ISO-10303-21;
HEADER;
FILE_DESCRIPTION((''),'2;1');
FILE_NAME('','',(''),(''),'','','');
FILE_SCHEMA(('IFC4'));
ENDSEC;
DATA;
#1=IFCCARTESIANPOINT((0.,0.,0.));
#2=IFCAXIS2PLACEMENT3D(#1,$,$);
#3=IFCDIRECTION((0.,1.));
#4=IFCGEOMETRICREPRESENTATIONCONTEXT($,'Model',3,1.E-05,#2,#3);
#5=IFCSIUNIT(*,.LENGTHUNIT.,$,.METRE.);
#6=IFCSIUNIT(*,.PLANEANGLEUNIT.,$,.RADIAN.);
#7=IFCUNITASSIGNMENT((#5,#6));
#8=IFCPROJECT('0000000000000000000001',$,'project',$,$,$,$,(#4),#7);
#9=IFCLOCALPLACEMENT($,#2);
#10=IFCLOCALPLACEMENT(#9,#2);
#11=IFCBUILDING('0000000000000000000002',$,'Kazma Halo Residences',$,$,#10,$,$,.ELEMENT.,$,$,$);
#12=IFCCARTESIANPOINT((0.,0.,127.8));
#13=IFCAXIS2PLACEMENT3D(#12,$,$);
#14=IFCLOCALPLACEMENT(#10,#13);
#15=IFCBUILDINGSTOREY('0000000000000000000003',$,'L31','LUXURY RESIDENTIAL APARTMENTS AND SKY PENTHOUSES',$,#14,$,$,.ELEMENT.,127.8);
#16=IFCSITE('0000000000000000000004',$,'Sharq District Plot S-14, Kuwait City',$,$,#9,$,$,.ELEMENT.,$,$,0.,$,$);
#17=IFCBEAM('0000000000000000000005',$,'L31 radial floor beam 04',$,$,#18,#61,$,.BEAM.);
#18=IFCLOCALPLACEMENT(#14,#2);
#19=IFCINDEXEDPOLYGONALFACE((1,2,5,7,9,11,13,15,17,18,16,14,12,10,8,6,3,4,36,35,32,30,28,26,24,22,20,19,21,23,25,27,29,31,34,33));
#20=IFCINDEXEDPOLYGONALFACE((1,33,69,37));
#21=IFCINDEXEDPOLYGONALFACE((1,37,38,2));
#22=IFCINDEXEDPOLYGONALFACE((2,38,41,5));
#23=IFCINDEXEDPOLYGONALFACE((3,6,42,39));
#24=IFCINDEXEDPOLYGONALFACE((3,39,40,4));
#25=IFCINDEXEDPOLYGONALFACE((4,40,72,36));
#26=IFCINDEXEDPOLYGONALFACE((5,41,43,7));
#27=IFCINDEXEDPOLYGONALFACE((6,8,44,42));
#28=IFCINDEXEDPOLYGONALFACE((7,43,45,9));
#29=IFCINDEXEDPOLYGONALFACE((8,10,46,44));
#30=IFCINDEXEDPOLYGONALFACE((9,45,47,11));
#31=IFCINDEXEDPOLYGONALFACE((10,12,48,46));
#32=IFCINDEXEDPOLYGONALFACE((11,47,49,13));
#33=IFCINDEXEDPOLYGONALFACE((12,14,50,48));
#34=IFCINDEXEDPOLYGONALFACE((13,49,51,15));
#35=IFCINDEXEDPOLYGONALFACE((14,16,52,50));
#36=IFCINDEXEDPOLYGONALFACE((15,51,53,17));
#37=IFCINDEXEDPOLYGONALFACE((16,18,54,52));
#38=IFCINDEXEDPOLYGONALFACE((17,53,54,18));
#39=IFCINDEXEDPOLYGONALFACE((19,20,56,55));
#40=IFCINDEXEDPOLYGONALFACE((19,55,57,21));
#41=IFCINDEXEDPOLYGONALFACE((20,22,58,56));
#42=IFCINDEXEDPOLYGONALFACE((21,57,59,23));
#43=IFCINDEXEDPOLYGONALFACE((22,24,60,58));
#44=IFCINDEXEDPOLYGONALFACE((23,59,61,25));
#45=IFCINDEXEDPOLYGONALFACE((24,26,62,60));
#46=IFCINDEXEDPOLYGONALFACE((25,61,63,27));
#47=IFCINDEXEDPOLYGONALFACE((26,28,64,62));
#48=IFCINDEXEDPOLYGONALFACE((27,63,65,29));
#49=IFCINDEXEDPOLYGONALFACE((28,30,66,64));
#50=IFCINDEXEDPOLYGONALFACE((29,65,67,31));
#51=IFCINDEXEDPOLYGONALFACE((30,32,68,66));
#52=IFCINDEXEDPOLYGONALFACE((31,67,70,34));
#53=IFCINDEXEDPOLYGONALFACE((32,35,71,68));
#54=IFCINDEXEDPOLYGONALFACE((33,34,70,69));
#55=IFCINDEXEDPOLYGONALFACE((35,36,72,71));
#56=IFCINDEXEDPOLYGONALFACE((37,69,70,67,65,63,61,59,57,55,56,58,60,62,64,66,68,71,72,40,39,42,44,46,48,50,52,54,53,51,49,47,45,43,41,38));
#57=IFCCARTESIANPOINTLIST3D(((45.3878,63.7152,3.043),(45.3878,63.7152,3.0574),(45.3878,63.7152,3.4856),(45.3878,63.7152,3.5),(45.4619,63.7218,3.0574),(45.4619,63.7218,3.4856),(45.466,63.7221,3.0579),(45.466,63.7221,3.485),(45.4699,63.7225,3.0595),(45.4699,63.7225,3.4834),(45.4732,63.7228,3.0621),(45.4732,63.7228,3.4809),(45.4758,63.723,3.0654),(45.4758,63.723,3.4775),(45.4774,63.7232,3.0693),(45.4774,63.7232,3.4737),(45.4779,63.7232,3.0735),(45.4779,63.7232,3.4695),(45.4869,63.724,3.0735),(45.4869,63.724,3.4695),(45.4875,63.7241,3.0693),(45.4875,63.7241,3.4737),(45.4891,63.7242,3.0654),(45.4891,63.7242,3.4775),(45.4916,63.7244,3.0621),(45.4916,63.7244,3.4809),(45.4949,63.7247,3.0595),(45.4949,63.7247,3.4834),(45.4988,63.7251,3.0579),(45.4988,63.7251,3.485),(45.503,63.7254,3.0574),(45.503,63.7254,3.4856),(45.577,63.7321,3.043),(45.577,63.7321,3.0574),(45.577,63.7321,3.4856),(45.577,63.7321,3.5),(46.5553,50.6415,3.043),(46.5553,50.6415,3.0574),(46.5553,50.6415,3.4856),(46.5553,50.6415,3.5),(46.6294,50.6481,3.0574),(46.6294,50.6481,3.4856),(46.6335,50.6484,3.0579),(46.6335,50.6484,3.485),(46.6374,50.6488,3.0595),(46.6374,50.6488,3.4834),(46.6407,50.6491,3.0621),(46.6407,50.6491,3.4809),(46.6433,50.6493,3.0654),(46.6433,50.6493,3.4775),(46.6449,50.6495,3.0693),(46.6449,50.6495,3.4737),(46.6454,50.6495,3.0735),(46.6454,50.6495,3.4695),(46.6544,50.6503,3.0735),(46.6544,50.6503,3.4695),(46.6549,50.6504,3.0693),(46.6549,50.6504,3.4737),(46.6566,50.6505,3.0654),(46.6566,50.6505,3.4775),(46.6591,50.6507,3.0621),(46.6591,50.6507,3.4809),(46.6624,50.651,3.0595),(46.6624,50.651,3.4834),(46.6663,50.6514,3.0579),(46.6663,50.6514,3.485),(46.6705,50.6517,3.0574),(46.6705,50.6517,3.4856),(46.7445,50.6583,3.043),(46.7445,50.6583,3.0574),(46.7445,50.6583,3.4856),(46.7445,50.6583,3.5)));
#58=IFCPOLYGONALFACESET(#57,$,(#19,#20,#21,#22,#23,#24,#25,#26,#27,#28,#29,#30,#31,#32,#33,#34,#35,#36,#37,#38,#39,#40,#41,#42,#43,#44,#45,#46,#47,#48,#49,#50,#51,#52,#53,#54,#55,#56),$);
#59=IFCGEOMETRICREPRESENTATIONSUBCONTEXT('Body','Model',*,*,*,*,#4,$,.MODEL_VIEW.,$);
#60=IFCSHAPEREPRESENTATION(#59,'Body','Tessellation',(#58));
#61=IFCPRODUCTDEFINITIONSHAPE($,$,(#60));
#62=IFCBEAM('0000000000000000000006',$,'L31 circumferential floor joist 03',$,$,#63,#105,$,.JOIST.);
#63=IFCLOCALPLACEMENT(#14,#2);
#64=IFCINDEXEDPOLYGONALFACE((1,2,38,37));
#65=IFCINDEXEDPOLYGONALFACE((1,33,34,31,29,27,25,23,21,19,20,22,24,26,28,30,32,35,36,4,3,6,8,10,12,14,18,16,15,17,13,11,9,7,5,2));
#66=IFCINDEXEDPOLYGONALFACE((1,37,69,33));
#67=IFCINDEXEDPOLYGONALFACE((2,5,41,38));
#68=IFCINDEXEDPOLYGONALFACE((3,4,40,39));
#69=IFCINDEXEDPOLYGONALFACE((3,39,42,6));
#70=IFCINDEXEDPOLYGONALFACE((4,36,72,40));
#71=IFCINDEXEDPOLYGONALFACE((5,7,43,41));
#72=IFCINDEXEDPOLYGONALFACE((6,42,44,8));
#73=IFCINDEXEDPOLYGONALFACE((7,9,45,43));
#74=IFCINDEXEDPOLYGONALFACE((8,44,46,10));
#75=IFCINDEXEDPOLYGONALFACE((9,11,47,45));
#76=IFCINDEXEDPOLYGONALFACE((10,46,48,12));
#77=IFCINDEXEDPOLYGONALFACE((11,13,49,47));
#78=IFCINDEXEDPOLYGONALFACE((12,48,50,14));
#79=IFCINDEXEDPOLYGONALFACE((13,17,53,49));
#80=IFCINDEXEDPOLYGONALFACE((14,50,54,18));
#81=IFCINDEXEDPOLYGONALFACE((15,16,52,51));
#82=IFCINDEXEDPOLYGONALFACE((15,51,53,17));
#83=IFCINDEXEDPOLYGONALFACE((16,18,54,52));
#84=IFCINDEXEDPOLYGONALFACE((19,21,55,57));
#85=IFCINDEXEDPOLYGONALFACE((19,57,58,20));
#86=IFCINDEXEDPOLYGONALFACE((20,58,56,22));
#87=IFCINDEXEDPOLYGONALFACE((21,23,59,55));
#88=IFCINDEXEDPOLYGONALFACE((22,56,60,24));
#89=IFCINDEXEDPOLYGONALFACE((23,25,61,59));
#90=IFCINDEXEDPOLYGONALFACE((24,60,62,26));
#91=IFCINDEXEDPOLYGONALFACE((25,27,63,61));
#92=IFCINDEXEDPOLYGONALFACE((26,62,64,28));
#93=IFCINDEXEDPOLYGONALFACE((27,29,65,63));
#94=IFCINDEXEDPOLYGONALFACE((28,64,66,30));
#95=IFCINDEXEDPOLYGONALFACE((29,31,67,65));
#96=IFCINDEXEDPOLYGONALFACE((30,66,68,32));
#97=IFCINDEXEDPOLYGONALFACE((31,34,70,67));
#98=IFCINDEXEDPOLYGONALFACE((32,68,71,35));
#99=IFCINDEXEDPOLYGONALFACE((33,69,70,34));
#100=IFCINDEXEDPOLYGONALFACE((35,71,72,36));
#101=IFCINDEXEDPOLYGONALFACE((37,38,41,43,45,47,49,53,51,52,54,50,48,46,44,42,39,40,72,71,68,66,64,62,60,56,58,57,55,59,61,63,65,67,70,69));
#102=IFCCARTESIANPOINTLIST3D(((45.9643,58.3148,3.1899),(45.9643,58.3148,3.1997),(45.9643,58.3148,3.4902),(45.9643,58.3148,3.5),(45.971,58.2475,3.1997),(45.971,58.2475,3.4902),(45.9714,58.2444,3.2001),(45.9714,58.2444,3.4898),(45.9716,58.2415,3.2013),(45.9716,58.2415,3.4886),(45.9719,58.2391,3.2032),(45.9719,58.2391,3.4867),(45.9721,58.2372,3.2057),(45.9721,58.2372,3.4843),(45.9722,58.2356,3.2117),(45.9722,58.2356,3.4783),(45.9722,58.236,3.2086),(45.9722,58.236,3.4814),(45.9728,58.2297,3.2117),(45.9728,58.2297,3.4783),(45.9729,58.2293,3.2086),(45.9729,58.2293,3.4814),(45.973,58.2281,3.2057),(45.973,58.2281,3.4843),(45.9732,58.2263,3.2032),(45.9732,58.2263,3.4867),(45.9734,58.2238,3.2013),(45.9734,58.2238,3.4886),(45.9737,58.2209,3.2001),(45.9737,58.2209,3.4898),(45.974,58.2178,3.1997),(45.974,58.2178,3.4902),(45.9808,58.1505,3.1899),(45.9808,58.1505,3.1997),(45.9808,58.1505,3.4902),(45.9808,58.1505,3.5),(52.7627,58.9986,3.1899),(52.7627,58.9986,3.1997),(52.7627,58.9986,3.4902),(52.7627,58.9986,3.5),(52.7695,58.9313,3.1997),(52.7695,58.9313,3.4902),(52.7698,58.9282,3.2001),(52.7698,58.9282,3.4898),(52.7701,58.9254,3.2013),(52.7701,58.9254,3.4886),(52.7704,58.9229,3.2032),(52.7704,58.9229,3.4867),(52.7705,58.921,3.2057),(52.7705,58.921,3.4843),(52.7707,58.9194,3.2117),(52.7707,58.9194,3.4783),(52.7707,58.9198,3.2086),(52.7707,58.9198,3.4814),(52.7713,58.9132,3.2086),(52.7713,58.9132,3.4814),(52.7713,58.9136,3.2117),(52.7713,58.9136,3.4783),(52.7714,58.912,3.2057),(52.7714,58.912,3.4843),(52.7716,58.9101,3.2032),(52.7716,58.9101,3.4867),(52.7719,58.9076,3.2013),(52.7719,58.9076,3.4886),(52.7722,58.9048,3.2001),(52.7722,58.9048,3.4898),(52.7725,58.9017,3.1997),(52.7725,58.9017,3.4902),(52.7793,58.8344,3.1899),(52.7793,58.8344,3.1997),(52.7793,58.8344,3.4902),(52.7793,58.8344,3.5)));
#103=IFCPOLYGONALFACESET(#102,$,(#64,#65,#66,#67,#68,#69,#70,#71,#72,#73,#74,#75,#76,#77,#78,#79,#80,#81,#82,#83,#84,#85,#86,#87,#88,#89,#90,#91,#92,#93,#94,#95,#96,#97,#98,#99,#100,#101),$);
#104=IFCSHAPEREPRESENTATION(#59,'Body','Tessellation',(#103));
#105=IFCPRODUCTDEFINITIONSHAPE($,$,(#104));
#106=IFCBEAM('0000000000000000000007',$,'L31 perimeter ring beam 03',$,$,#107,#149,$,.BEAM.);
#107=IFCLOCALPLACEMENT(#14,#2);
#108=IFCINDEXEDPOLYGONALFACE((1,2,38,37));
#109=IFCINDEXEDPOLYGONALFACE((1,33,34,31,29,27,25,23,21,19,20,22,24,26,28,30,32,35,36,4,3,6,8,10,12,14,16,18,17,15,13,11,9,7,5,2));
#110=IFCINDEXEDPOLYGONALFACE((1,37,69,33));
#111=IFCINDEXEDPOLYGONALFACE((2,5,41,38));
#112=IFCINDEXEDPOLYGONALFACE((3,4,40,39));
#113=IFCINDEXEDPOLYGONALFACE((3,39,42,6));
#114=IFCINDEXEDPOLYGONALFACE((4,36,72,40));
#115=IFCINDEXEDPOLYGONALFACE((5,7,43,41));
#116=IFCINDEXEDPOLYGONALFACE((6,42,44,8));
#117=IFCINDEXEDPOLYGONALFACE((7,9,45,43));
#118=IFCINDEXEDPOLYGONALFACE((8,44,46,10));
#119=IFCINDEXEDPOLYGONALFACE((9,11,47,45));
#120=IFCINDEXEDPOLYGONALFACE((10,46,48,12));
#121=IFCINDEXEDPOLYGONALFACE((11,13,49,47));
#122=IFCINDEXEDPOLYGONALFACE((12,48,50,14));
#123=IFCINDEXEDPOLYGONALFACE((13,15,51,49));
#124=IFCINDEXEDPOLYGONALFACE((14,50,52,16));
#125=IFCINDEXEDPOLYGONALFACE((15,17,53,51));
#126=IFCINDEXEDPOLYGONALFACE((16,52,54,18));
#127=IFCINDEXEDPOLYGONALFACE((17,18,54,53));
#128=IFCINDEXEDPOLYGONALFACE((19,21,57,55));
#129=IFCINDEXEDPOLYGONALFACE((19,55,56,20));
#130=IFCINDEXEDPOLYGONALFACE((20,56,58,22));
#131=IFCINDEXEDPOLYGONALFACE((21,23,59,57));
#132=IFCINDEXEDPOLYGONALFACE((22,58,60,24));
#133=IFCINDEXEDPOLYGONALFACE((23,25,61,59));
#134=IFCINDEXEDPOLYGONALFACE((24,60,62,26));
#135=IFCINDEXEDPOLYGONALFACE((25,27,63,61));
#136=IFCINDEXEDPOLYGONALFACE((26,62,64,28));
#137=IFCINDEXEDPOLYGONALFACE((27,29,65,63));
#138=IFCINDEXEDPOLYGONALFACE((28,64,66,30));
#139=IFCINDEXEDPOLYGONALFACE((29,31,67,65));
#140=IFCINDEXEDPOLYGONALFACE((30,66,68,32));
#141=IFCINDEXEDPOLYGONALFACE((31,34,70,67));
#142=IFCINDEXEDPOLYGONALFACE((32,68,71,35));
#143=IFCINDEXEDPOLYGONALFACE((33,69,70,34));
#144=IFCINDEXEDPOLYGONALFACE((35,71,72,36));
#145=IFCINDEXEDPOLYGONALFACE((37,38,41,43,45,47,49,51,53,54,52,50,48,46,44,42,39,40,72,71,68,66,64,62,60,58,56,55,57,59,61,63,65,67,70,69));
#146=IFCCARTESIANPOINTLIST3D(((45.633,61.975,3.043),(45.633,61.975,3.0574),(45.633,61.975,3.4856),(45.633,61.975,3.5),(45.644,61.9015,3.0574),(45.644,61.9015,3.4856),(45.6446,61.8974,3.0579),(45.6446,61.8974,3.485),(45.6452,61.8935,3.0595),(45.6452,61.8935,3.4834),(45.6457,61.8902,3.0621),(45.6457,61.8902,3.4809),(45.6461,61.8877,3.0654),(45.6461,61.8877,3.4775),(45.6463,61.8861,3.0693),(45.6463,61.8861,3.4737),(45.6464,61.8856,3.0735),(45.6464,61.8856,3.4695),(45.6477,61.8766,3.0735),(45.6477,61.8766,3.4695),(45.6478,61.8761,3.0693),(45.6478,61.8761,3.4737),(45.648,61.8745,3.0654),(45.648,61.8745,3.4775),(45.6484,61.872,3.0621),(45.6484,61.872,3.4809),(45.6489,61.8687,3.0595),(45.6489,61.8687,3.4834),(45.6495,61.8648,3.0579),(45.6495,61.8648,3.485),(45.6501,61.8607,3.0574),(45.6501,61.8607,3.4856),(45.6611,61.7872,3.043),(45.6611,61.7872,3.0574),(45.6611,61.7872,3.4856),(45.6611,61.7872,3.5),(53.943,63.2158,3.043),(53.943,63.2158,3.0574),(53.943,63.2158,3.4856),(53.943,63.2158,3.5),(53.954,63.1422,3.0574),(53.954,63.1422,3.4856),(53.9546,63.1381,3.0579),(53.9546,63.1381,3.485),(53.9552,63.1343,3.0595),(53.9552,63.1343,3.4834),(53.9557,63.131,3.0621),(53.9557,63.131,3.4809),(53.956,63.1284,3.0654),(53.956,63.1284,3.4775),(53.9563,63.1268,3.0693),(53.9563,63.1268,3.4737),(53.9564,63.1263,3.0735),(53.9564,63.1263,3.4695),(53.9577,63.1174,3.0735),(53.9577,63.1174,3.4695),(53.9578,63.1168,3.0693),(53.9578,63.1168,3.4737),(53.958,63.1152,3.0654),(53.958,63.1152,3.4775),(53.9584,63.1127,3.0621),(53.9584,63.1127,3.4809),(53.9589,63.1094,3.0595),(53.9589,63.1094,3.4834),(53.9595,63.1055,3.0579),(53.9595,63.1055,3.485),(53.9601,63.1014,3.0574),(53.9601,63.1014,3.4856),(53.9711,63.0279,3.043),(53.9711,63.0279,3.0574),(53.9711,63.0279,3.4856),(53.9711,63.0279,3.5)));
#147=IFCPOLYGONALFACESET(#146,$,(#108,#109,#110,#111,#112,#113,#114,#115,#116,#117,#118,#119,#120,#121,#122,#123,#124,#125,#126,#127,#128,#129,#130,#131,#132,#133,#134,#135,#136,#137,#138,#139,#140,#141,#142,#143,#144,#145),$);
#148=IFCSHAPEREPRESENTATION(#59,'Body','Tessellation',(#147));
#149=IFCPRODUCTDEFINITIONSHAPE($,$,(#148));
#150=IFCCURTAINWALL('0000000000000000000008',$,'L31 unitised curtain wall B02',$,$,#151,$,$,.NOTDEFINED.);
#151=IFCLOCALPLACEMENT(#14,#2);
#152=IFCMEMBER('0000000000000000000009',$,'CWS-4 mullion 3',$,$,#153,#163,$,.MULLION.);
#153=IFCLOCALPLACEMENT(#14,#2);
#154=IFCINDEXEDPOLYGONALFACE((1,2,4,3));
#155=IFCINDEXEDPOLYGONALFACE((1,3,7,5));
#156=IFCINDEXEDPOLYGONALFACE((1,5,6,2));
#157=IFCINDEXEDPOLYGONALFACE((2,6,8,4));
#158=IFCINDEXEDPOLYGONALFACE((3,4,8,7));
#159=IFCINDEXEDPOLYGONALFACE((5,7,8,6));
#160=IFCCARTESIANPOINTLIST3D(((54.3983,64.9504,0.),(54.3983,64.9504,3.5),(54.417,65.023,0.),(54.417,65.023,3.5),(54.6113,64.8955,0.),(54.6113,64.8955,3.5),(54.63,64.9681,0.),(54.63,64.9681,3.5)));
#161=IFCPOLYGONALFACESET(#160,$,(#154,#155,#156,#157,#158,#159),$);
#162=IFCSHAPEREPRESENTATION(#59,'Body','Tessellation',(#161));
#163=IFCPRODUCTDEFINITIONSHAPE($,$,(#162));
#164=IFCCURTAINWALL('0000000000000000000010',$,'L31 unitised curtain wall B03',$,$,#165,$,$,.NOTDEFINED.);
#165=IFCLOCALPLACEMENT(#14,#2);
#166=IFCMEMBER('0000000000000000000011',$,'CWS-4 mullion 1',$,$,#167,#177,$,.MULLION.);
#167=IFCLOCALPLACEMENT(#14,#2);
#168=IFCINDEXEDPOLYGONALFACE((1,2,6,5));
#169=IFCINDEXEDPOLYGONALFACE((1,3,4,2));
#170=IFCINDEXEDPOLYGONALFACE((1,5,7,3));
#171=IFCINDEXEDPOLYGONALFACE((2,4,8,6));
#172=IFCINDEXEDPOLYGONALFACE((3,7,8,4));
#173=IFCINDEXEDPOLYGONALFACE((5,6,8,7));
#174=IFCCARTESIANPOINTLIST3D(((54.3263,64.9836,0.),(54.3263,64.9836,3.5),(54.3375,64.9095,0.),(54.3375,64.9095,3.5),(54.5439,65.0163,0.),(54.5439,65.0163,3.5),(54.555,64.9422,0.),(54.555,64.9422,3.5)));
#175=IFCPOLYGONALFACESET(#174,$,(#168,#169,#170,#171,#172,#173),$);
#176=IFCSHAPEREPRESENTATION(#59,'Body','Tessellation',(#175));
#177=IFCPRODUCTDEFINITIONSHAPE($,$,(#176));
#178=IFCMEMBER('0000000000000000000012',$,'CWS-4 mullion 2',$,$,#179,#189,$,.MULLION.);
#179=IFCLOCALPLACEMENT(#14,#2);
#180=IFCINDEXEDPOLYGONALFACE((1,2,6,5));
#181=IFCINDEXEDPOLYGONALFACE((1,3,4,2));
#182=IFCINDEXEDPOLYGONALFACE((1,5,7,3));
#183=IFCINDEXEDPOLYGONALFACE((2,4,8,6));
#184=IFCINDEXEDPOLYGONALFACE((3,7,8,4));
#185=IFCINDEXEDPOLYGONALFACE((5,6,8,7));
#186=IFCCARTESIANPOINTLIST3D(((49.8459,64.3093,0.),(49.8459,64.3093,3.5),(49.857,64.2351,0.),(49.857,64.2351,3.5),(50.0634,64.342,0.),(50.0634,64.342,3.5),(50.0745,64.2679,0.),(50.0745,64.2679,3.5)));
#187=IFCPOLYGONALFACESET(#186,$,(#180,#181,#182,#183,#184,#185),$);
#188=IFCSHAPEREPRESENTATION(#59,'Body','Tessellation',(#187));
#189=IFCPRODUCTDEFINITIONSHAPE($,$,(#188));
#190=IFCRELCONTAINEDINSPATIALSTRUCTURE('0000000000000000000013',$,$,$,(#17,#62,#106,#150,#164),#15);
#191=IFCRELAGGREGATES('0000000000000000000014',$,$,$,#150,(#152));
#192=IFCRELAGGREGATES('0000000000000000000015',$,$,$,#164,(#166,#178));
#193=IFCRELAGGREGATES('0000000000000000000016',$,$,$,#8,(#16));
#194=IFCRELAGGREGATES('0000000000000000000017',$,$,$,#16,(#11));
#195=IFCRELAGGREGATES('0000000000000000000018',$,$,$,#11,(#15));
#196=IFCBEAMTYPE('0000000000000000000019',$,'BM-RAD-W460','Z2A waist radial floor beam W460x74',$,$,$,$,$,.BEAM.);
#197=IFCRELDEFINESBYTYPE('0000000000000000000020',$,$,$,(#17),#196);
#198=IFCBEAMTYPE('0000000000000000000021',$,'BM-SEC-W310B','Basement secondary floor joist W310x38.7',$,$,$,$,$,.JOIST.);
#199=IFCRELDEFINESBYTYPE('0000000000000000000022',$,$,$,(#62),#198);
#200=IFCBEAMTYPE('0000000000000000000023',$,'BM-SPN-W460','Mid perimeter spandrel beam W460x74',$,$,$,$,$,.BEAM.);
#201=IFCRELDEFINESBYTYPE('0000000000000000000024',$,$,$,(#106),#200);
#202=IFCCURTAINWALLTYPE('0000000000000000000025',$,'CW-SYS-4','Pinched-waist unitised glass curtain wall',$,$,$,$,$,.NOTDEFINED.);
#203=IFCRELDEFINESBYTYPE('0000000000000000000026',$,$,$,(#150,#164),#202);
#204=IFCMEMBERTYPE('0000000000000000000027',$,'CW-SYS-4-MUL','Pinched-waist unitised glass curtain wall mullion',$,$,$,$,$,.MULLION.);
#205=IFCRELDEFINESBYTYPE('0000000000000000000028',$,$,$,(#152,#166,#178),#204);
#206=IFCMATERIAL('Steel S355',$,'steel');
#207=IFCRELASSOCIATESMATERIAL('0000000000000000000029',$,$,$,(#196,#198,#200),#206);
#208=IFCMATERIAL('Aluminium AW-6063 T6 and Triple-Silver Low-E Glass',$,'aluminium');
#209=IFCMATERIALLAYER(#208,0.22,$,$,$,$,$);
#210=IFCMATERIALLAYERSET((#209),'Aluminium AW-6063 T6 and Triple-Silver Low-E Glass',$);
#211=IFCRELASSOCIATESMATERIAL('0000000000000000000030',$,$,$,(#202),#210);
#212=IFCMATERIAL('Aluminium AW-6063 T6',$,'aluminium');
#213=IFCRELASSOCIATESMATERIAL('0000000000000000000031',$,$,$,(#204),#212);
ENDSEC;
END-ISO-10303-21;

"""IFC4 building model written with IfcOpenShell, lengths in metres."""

from ifc_helpers import new_model, si_unit, direction, frame, origin, origin_2d, place, context, subcontext, project, spatial, rectangle, i_section, extrude, material, layer, layer_set, material_profile, profile_set, type_object, element, aggregate, save


model = new_model("IFC4")

# Units and contexts
model_context = context("Model", 3, precision=1e-05, world=origin(), true_north=direction((0.0, 1.0)))
body_context = subcontext(model_context, "Body", "Model", "MODEL_VIEW")
ifc_project = project(units=[si_unit("LENGTHUNIT", "METRE"), si_unit("PLANEANGLEUNIT", "RADIAN")], contexts=[model_context])

# Site, building, storey
site_placement = place(None, origin())
site = spatial("IfcSite", under=ifc_project, at=site_placement, Name="Sharq District Plot S-14, Kuwait City", CompositionType="ELEMENT", RefElevation=0.0)
building_placement = place(site_placement, origin())
building = spatial("IfcBuilding", under=site, at=building_placement, Name="Kazma Halo Residences", CompositionType="ELEMENT")
storey_placement = place(building_placement, frame((0.0, 0.0, 127.8)))
storey = spatial("IfcBuildingStorey", under=building, at=storey_placement, Name="L31", Description="LUXURY RESIDENTIAL APARTMENTS AND SKY PENTHOUSES", CompositionType="ELEMENT", Elevation=127.8)

# Beams
ifc_material_1 = material(Name="Steel S355", Category="steel")
ifc_material_profile_1 = material_profile(ifc_material_1, i_section(OverallWidth=0.1899, OverallDepth=0.457, WebThickness=0.009, FlangeThickness=0.0144, FilletRadius=0.0161, at=origin_2d()), Name="W460x74")
ifc_profile_set_1 = profile_set([ifc_material_profile_1], Name="Steel S355")
beam_type_1 = type_object("IfcBeamType", Name="BM-RAD-W460", Description="Z2A waist radial floor beam W460x74", PredefinedType="BEAM", material=ifc_profile_set_1)
beam_1_placement = place(storey_placement, frame((46.6499, 50.6499, 3.2715), z_axis=(-0.088946, 0.996036, 0.0), x_axis=(-0.996036, -0.088946, 0.0)))
element("IfcBeam", 1, at=beam_1_placement, inside=storey, type_object=beam_type_1, Name="L31 radial floor beam 04", PredefinedType="BEAM", context=body_context, shape_type="SweptSolid", body=[
    extrude(i_section(OverallWidth=0.1899, OverallDepth=0.457, WebThickness=0.009, FlangeThickness=0.0144, FilletRadius=0.0161, at=origin_2d()), origin(), (0.0, 0.0, 1.0), 13.1257),
])
ifc_material_profile_2 = material_profile(ifc_material_1, i_section(OverallWidth=0.165, OverallDepth=0.3101, WebThickness=0.0059, FlangeThickness=0.0098, FilletRadius=0.012, at=origin_2d()), Name="W310x38.7")
ifc_profile_set_2 = profile_set([ifc_material_profile_2], Name="Steel S355")
beam_type_2 = type_object("IfcBeamType", Name="BM-SEC-W310B", Description="Basement secondary floor joist W310x38.7", PredefinedType="JOIST", material=ifc_profile_set_2)
beam_2_placement = place(storey_placement, frame((52.771, 58.9165, 3.345), z_axis=(-0.994979, -0.100084, 0.0), x_axis=(0.100084, -0.994979, 0.0)))
element("IfcBeam", 2, at=beam_2_placement, inside=storey, type_object=beam_type_2, Name="L31 circumferential floor joist 03", PredefinedType="JOIST", context=body_context, shape_type="SweptSolid", body=[
    extrude(i_section(OverallWidth=0.165, OverallDepth=0.3101, WebThickness=0.0059, FlangeThickness=0.0098, FilletRadius=0.012, at=origin_2d()), origin(), (0.0, 0.0, 1.0), 6.8328),
])
ifc_material_profile_3 = material_profile(ifc_material_1, i_section(OverallWidth=0.1899, OverallDepth=0.457, WebThickness=0.009, FlangeThickness=0.0144, FilletRadius=0.0161, at=origin_2d()), Name="W460x74")
ifc_profile_set_3 = profile_set([ifc_material_profile_3], Name="Steel S355")
beam_type_3 = type_object("IfcBeamType", Name="BM-SPN-W460", Description="Mid perimeter spandrel beam W460x74", PredefinedType="BEAM", material=ifc_profile_set_3)
beam_3_placement = place(storey_placement, frame((53.957, 63.1218, 3.2715), z_axis=(-0.989037, -0.147667, 0.0), x_axis=(0.147667, -0.989037, 0.0)))
element("IfcBeam", 3, at=beam_3_placement, inside=storey, type_object=beam_type_3, Name="L31 perimeter ring beam 03", PredefinedType="BEAM", context=body_context, shape_type="SweptSolid", body=[
    extrude(i_section(OverallWidth=0.1899, OverallDepth=0.457, WebThickness=0.009, FlangeThickness=0.0144, FilletRadius=0.0161, at=origin_2d()), origin(), (0.0, 0.0, 1.0), 8.4021),
])

# Curtain wall, member
ifc_material_2 = material(Name="Aluminium AW-6063 T6 and Triple-Silver Low-E Glass", Category="aluminium")
ifc_layer_1 = layer(ifc_material_2, 0.22)
ifc_layer_set_1 = layer_set([ifc_layer_1], Name="Aluminium AW-6063 T6 and Triple-Silver Low-E Glass")
curtain_wall_type = type_object("IfcCurtainWallType", Name="CW-SYS-4", Description="Pinched-waist unitised glass curtain wall", PredefinedType="NOTDEFINED", material=ifc_layer_set_1)
curtain_wall_1_placement = place(storey_placement, origin())
curtain_wall_1 = element("IfcCurtainWall", 4, at=curtain_wall_1_placement, inside=storey, type_object=curtain_wall_type, Name="L31 unitised curtain wall B02", PredefinedType="NOTDEFINED")
ifc_material_3 = material(Name="Aluminium AW-6063 T6", Category="aluminium")
ifc_material_profile_4 = material_profile(ifc_material_3, rectangle(XDim=0.075, YDim=0.22, at=origin_2d()), Name="CWM-75x220")
ifc_profile_set_4 = profile_set([ifc_material_profile_4], Name="Aluminium AW-6063 T6")
member_type_1 = type_object("IfcMemberType", Name="CW-SYS-4-MUL", Description="Pinched-waist unitised glass curtain wall mullion", PredefinedType="MULLION", material=ifc_profile_set_4)
member_1_placement = place(storey_placement, frame((54.5142, 64.9592, 0.0), z_axis=(0.0, 0.0, 1.0), x_axis=(-0.249479, -0.96838, 0.0)))
member_1 = element("IfcMember", 5, at=member_1_placement, type_object=member_type_1, Name="CWS-4 mullion 3", PredefinedType="MULLION", context=body_context, shape_type="SweptSolid", body=[
    extrude(rectangle(XDim=0.075, YDim=0.22, at=origin_2d()), origin(), (0.0, 0.0, 1.0), 3.5),
])

# Curtain wall, members
curtain_wall_2_placement = place(storey_placement, origin())
curtain_wall_2 = element("IfcCurtainWall", 6, at=curtain_wall_2_placement, inside=storey, type_object=curtain_wall_type, Name="L31 unitised curtain wall B03", PredefinedType="NOTDEFINED")
member_2_placement = place(storey_placement, frame((54.4407, 64.9629, 0.0), z_axis=(0.0, 0.0, 1.0), x_axis=(0.148821, -0.988864, 0.0)))
member_2 = element("IfcMember", 7, at=member_2_placement, type_object=member_type_1, Name="CWS-4 mullion 1", PredefinedType="MULLION", context=body_context, shape_type="SweptSolid", body=[
    extrude(rectangle(XDim=0.075, YDim=0.22, at=origin_2d()), origin(), (0.0, 0.0, 1.0), 3.5),
])
member_3_placement = place(storey_placement, frame((49.9602, 64.2886, 0.0), z_axis=(0.0, 0.0, 1.0), x_axis=(0.148821, -0.988864, 0.0)))
member_3 = element("IfcMember", 8, at=member_3_placement, type_object=member_type_1, Name="CWS-4 mullion 2", PredefinedType="MULLION", context=body_context, shape_type="SweptSolid", body=[
    extrude(rectangle(XDim=0.075, YDim=0.22, at=origin_2d()), origin(), (0.0, 0.0, 1.0), 3.5),
])

aggregate(curtain_wall_1, [member_1])
aggregate(curtain_wall_2, [member_2, member_3])

save(model, "model.ifc")
